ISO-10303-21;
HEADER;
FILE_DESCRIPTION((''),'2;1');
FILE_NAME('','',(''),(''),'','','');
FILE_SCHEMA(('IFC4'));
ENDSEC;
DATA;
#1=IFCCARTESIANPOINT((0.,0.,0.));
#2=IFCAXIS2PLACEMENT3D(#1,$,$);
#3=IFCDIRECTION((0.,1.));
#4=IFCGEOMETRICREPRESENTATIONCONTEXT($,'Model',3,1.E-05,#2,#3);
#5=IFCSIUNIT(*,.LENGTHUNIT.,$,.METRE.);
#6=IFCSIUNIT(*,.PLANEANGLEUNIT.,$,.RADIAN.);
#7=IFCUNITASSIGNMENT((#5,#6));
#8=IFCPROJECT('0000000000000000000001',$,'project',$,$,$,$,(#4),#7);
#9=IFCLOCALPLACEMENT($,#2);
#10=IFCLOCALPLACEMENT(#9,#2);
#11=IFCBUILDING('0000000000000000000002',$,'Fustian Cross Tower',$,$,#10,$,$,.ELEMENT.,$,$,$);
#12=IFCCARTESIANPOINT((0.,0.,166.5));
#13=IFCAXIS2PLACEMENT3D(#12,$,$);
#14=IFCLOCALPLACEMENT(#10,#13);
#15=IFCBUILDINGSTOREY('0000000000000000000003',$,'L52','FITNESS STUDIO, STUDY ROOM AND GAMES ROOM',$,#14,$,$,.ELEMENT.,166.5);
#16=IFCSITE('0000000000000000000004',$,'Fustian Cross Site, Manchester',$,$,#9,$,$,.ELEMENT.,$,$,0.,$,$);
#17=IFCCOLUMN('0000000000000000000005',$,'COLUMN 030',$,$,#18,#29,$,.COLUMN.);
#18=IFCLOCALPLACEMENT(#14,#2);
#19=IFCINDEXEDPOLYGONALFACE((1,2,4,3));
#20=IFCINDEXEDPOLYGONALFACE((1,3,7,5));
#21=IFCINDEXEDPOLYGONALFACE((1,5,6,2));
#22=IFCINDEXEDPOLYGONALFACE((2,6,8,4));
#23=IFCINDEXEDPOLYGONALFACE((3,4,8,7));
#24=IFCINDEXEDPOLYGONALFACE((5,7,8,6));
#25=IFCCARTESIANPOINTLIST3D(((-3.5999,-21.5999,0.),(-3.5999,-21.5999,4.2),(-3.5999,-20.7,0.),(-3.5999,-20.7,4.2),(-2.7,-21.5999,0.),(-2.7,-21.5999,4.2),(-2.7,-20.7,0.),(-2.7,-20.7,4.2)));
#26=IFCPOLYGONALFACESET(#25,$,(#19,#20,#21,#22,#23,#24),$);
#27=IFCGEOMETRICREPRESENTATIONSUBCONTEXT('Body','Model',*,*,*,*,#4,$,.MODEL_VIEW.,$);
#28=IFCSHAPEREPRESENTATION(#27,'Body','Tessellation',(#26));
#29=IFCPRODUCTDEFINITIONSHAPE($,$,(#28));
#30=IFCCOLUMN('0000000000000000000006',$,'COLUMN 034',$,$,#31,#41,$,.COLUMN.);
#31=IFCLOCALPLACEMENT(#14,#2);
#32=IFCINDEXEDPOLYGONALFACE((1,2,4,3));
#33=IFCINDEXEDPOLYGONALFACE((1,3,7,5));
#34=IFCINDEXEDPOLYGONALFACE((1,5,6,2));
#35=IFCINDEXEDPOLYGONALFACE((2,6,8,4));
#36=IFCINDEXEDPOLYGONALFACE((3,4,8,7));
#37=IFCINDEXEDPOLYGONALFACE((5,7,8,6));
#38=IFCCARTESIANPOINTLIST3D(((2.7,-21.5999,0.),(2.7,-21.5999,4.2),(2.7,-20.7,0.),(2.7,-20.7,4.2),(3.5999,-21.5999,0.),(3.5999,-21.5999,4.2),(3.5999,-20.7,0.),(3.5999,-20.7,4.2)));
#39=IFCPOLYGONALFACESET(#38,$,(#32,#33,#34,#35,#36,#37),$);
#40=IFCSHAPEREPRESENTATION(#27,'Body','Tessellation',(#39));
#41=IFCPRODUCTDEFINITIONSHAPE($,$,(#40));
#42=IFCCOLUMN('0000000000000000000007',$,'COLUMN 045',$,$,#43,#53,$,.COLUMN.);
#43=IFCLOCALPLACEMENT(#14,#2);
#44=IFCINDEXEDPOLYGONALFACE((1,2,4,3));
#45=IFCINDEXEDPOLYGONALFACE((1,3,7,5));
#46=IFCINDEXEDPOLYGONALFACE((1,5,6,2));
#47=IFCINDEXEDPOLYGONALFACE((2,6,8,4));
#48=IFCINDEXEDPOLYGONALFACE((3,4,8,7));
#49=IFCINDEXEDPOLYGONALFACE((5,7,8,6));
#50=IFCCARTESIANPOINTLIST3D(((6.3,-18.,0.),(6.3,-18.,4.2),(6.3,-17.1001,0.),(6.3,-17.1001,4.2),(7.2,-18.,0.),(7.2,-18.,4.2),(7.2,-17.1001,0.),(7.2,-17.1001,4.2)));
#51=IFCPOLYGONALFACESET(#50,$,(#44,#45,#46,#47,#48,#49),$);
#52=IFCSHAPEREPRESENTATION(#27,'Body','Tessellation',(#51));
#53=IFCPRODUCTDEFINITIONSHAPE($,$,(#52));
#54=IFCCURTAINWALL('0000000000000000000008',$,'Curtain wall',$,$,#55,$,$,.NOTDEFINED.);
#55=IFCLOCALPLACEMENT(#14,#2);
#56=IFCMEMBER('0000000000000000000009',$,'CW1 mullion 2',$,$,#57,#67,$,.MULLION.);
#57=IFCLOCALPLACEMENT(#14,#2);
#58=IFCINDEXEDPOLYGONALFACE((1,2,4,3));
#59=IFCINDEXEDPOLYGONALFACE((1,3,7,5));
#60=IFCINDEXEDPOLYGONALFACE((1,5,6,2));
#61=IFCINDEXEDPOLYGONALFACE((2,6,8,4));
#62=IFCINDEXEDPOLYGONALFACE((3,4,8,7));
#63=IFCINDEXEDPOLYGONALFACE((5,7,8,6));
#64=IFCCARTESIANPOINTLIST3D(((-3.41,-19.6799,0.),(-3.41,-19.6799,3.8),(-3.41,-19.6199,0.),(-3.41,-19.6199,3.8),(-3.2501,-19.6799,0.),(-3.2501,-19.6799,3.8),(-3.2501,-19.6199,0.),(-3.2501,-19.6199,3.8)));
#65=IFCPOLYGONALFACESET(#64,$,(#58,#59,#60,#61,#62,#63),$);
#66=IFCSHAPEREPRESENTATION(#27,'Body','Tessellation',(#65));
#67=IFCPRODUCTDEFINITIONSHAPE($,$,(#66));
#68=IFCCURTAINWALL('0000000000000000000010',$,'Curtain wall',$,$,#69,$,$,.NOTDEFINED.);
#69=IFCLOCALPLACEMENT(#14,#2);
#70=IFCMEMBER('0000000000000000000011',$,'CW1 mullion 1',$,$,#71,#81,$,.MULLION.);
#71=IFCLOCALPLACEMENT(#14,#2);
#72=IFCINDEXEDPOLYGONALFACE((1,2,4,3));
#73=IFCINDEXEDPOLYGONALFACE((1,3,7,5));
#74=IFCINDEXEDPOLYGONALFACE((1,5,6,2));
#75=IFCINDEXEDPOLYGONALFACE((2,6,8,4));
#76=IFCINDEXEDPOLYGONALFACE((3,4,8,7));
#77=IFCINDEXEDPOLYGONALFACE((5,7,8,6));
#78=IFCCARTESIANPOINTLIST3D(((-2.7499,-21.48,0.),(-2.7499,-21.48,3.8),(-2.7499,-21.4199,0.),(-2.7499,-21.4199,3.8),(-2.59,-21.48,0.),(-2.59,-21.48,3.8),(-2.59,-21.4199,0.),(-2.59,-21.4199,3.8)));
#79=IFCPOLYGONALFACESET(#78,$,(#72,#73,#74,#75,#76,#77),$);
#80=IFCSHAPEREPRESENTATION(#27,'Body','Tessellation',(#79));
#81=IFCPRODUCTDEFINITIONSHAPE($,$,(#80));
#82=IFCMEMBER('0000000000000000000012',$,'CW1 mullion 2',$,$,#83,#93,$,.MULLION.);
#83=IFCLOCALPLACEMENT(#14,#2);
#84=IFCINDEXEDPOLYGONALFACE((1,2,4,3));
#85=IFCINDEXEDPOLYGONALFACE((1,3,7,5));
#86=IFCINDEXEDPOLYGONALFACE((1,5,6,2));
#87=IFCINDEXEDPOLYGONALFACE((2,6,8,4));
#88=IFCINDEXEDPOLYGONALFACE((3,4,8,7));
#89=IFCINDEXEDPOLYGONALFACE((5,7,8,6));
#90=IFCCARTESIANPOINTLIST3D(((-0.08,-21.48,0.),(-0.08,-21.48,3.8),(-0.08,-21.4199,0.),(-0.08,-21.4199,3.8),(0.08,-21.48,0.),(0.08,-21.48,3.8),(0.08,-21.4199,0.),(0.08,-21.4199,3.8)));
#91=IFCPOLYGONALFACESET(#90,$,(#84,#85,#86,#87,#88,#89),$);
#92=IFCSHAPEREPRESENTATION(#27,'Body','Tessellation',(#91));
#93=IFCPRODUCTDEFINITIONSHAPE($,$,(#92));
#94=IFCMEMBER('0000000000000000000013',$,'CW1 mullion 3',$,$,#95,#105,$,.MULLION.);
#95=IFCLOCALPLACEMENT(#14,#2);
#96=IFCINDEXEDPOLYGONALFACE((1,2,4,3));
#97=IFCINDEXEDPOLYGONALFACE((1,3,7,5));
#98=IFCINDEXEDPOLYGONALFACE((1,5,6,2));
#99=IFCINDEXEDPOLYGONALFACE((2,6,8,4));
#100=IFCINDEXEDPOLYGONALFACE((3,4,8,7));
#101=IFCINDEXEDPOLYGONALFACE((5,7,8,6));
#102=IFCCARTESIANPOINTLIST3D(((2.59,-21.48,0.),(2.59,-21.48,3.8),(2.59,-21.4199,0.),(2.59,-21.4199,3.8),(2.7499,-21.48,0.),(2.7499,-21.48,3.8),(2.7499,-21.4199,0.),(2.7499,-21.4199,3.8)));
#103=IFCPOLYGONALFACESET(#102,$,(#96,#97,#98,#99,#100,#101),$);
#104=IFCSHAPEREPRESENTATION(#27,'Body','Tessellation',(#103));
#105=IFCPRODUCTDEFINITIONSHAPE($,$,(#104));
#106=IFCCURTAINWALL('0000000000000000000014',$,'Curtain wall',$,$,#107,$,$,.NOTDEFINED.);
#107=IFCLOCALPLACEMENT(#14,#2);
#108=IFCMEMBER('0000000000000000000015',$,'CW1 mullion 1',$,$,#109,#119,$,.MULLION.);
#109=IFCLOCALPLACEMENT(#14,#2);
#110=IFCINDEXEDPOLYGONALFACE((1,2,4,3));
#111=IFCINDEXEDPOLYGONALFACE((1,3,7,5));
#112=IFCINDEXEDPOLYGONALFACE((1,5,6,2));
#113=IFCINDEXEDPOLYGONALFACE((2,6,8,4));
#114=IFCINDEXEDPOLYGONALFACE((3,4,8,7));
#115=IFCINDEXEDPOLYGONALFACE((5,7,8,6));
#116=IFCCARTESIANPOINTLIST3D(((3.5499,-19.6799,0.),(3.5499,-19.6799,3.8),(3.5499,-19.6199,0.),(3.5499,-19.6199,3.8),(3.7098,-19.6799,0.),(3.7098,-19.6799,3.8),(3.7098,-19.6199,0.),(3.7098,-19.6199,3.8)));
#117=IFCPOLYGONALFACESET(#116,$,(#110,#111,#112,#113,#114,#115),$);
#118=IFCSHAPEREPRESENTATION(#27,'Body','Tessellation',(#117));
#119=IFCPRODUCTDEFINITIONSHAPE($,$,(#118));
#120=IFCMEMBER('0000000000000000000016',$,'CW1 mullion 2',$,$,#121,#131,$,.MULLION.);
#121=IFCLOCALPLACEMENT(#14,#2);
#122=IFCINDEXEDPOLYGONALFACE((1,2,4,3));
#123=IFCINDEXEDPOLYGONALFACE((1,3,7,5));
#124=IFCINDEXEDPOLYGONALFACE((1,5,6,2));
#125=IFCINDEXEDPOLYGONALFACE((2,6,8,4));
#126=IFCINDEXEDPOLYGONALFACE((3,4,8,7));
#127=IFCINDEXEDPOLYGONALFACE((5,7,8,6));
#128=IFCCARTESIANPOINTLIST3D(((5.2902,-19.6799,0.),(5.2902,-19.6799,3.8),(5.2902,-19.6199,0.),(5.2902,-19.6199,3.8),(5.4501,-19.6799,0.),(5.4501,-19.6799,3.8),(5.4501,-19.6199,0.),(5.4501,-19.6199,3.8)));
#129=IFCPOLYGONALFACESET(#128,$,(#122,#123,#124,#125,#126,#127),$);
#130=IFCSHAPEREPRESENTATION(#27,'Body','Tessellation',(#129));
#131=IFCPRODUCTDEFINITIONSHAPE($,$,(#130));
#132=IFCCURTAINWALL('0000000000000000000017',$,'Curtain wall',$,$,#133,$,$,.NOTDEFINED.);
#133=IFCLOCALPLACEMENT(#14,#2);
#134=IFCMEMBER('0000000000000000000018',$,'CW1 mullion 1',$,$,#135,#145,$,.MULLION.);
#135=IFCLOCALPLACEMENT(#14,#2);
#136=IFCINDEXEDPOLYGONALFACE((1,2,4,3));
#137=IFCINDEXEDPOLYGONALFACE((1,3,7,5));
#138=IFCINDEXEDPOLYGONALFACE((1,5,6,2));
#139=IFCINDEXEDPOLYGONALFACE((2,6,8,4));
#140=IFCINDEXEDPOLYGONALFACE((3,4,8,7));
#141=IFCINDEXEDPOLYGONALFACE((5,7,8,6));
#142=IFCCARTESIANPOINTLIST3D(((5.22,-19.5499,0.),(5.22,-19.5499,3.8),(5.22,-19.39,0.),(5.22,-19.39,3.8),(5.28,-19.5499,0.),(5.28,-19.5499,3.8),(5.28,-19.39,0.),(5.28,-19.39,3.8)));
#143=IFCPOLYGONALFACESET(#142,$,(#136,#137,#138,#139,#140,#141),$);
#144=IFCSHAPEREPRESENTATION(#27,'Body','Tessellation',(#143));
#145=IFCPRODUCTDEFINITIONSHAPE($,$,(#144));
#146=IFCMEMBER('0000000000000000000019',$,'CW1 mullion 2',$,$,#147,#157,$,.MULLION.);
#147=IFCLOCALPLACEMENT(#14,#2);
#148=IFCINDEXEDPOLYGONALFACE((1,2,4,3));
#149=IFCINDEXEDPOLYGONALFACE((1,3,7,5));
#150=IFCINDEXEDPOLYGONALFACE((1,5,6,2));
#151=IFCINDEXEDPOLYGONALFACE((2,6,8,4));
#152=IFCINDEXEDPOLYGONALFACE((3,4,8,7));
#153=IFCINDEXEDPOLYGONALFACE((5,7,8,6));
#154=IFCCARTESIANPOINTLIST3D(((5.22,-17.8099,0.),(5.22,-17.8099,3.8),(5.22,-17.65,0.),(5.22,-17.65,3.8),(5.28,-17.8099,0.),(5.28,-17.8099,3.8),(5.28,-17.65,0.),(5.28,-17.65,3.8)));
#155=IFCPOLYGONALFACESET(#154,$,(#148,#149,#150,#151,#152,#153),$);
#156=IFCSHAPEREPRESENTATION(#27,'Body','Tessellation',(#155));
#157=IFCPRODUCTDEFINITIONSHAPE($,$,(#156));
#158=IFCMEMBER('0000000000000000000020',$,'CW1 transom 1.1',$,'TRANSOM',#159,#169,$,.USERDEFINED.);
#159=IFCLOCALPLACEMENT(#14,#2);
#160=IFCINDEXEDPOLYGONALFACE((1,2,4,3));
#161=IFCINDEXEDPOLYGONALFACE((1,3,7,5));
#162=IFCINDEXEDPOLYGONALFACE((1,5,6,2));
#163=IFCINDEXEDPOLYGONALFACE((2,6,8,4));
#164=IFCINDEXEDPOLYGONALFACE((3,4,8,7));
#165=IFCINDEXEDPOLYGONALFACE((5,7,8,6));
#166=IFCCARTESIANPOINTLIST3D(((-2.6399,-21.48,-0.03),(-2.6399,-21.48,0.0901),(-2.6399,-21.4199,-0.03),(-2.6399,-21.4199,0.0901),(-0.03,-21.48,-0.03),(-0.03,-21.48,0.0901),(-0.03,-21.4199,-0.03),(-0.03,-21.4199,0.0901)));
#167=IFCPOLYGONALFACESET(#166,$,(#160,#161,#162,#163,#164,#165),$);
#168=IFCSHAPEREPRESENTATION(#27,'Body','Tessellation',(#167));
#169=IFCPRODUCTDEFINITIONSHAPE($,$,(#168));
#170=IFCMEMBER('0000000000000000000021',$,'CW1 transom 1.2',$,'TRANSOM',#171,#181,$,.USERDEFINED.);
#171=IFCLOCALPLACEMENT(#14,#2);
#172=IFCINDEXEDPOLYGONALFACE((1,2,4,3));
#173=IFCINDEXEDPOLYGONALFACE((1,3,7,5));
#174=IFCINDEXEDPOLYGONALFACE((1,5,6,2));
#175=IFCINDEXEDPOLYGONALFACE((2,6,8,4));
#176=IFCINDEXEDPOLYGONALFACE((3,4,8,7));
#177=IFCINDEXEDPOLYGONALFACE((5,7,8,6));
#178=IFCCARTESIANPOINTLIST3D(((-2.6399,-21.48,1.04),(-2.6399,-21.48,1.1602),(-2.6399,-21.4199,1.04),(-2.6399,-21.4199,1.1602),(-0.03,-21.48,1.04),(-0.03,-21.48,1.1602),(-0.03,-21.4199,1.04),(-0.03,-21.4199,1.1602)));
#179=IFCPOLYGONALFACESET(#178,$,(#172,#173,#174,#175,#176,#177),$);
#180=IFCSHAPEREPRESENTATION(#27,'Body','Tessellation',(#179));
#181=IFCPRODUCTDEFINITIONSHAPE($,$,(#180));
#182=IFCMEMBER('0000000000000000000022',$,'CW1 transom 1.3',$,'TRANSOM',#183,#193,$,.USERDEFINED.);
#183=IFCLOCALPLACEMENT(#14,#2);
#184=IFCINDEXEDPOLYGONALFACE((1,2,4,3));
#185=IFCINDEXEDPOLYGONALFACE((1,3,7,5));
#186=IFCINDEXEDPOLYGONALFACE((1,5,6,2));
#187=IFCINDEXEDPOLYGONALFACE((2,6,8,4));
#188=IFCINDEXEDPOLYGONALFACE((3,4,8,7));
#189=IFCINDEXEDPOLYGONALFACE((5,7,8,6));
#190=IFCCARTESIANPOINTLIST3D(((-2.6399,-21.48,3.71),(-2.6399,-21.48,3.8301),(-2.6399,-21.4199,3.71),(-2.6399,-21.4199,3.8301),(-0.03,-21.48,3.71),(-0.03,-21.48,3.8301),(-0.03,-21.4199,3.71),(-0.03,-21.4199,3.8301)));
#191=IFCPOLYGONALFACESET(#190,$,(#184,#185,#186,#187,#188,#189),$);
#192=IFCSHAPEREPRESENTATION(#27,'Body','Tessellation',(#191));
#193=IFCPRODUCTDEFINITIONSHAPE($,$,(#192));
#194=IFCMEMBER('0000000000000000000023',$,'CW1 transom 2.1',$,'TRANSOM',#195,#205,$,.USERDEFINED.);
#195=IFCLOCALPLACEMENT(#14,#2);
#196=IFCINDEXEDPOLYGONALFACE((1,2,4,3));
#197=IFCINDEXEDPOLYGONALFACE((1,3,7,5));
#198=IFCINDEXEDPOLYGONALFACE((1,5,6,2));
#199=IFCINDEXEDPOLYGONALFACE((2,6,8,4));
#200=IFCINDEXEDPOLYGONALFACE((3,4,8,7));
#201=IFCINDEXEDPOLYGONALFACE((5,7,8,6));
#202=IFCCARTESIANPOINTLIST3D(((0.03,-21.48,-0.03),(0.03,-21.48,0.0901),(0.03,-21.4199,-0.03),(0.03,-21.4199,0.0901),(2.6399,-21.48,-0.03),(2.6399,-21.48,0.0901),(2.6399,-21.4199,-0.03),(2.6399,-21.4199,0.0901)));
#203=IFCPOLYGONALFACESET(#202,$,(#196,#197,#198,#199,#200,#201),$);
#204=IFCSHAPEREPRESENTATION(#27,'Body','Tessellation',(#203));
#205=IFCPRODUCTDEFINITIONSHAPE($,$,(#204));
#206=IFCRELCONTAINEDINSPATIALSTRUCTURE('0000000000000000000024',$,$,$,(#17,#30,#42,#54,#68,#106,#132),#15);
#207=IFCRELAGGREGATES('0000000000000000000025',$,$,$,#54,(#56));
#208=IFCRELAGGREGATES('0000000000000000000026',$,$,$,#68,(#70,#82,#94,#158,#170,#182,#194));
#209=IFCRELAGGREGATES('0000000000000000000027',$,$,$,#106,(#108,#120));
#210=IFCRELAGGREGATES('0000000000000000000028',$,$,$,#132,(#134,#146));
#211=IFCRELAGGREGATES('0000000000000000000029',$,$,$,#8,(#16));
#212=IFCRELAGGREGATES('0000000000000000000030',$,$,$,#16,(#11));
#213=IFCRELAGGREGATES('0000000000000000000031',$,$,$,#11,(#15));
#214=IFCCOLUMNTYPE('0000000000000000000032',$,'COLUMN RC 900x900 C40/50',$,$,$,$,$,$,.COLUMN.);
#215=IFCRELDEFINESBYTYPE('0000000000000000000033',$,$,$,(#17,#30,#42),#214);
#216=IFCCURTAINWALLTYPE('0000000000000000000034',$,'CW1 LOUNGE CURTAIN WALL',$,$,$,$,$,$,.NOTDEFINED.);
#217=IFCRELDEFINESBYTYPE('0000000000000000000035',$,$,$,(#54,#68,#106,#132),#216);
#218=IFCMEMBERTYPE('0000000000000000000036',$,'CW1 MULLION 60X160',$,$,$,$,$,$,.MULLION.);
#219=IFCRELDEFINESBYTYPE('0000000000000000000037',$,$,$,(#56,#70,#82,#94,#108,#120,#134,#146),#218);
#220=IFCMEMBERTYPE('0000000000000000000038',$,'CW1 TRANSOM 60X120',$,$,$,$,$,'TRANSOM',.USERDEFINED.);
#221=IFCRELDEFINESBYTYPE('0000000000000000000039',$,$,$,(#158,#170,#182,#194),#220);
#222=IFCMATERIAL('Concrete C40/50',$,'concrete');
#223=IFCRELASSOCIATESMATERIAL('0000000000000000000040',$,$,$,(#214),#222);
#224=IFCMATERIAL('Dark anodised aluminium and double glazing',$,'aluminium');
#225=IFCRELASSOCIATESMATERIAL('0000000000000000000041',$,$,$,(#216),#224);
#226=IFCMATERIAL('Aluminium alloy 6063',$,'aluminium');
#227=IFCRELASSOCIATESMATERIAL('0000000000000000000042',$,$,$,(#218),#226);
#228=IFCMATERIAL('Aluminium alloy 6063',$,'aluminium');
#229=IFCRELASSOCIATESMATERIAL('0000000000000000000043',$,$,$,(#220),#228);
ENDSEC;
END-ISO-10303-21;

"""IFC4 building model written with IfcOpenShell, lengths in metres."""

from ifc_helpers import new_model, si_unit, direction, frame, origin, origin_2d, place, context, subcontext, project, spatial, rectangle, extrude, material, material_profile, profile_set, type_object, element, aggregate, save


model = new_model("IFC4")

# Units and contexts
model_context = context("Model", 3, precision=1e-05, world=origin(), true_north=direction((0.0, 1.0)))
body_context = subcontext(model_context, "Body", "Model", "MODEL_VIEW")
ifc_project = project(units=[si_unit("LENGTHUNIT", "METRE"), si_unit("PLANEANGLEUNIT", "RADIAN")], contexts=[model_context])

# Site, building, storey
site_placement = place(None, origin())
site = spatial("IfcSite", under=ifc_project, at=site_placement, Name="Fustian Cross Site, Manchester", CompositionType="ELEMENT", RefElevation=0.0)
building_placement = place(site_placement, origin())
building = spatial("IfcBuilding", under=site, at=building_placement, Name="Fustian Cross Tower", CompositionType="ELEMENT")
storey_placement = place(building_placement, frame((0.0, 0.0, 166.5)))
storey = spatial("IfcBuildingStorey", under=building, at=storey_placement, Name="L52", Description="FITNESS STUDIO, STUDY ROOM AND GAMES ROOM", CompositionType="ELEMENT", Elevation=166.5)

# Columns
ifc_material_1 = material(Name="Concrete C40/50", Category="concrete")
ifc_material_profile_1 = material_profile(ifc_material_1, rectangle(XDim=0.8999, YDim=0.8999, at=origin_2d()), Name="RC 900x900")
ifc_profile_set_1 = profile_set([ifc_material_profile_1], Name="Concrete C40/50")
column_type = type_object("IfcColumnType", Name="COLUMN RC 900x900 C40/50", PredefinedType="COLUMN", material=ifc_profile_set_1)
for number, where, z_axis, x_axis, name in (
    (1, (-3.1499, -21.1499, 0.0), (0.0, 0.0, 1.0), (1.0, 0.0, 0.0), "COLUMN 030"),
    (2, (3.1499, -21.1499, 0.0), (0.0, 0.0, 1.0), (1.0, 0.0, 0.0), "COLUMN 034"),
    (3, (6.75, -17.55, 0.0), (0.0, 0.0, 1.0), (1.0, 0.0, 0.0), "COLUMN 045"),
):
    element("IfcColumn", number, at=place(storey_placement, frame(where, z_axis=z_axis, x_axis=x_axis)), inside=storey, type_object=column_type, Name=name, PredefinedType="COLUMN", context=body_context, shape_type="SweptSolid", body=[
        extrude(rectangle(XDim=0.8999, YDim=0.8999, at=origin_2d()), origin(), (0.0, 0.0, 1.0), 4.2),
    ])

# Curtain wall, member
ifc_material_2 = material(Name="Dark anodised aluminium and double glazing", Category="aluminium")
curtain_wall_type = type_object("IfcCurtainWallType", Name="CW1 LOUNGE CURTAIN WALL", PredefinedType="NOTDEFINED", material=ifc_material_2)
curtain_wall_1_placement = place(storey_placement, origin())
curtain_wall_1 = element("IfcCurtainWall", 4, at=curtain_wall_1_placement, inside=storey, type_object=curtain_wall_type, Name="Curtain wall", PredefinedType="NOTDEFINED")
ifc_material_3 = material(Name="Aluminium alloy 6063", Category="aluminium")
ifc_material_profile_2 = material_profile(ifc_material_3, rectangle(XDim=0.0601, YDim=0.1599, at=origin_2d()), Name="CW1 MULLION 60X160")
ifc_profile_set_2 = profile_set([ifc_material_profile_2], Name="Aluminium alloy 6063")
member_type_1 = type_object("IfcMemberType", Name="CW1 MULLION 60X160", PredefinedType="MULLION", material=ifc_profile_set_2)
member_1_placement = place(storey_placement, frame((-3.3301, -19.6499, 0.0), z_axis=(0.0, 0.0, 1.0), x_axis=(0.0, 1.0, 0.0)))
member_1 = element("IfcMember", 5, at=member_1_placement, type_object=member_type_1, Name="CW1 mullion 2", PredefinedType="MULLION", context=body_context, shape_type="SweptSolid", body=[
    extrude(rectangle(XDim=0.0601, YDim=0.1599, at=origin_2d()), origin(), (0.0, 0.0, 1.0), 3.8),
])
aggregate(curtain_wall_1, [member_1])

# Curtain walls, members
curtain_wall_2_placement = place(storey_placement, origin())
curtain_wall_2 = element("IfcCurtainWall", 6, at=curtain_wall_2_placement, inside=storey, type_object=curtain_wall_type, Name="Curtain wall", PredefinedType="NOTDEFINED")
member_2_placement = place(storey_placement, frame((-2.6699, -21.45, 0.0), z_axis=(0.0, 0.0, 1.0), x_axis=(0.0, 1.0, 0.0)))
member_2 = element("IfcMember", 7, at=member_2_placement, type_object=member_type_1, Name="CW1 mullion 1", PredefinedType="MULLION", context=body_context, shape_type="SweptSolid", body=[
    extrude(rectangle(XDim=0.0601, YDim=0.1599, at=origin_2d()), origin(), (0.0, 0.0, 1.0), 3.8),
])
member_3_placement = place(storey_placement, frame((0.0, -21.45, 0.0), z_axis=(0.0, 0.0, 1.0), x_axis=(0.0, 1.0, 0.0)))
member_3 = element("IfcMember", 8, at=member_3_placement, type_object=member_type_1, Name="CW1 mullion 2", PredefinedType="MULLION", context=body_context, shape_type="SweptSolid", body=[
    extrude(rectangle(XDim=0.0601, YDim=0.1599, at=origin_2d()), origin(), (0.0, 0.0, 1.0), 3.8),
])
member_4_placement = place(storey_placement, frame((2.6699, -21.45, 0.0), z_axis=(0.0, 0.0, 1.0), x_axis=(0.0, 1.0, 0.0)))
member_4 = element("IfcMember", 9, at=member_4_placement, type_object=member_type_1, Name="CW1 mullion 3", PredefinedType="MULLION", context=body_context, shape_type="SweptSolid", body=[
    extrude(rectangle(XDim=0.0601, YDim=0.1599, at=origin_2d()), origin(), (0.0, 0.0, 1.0), 3.8),
])
curtain_wall_3_placement = place(storey_placement, origin())
curtain_wall_3 = element("IfcCurtainWall", 10, at=curtain_wall_3_placement, inside=storey, type_object=curtain_wall_type, Name="Curtain wall", PredefinedType="NOTDEFINED")
member_5_placement = place(storey_placement, frame((3.6299, -19.6499, 0.0), z_axis=(0.0, 0.0, 1.0), x_axis=(0.0, 1.0, 0.0)))
member_5 = element("IfcMember", 11, at=member_5_placement, type_object=member_type_1, Name="CW1 mullion 1", PredefinedType="MULLION", context=body_context, shape_type="SweptSolid", body=[
    extrude(rectangle(XDim=0.0601, YDim=0.1599, at=origin_2d()), origin(), (0.0, 0.0, 1.0), 3.8),
])
member_6_placement = place(storey_placement, frame((5.3701, -19.6499, 0.0), z_axis=(0.0, 0.0, 1.0), x_axis=(0.0, 1.0, 0.0)))
member_6 = element("IfcMember", 12, at=member_6_placement, type_object=member_type_1, Name="CW1 mullion 2", PredefinedType="MULLION", context=body_context, shape_type="SweptSolid", body=[
    extrude(rectangle(XDim=0.0601, YDim=0.1599, at=origin_2d()), origin(), (0.0, 0.0, 1.0), 3.8),
])
curtain_wall_4_placement = place(storey_placement, origin())
curtain_wall_4 = element("IfcCurtainWall", 13, at=curtain_wall_4_placement, inside=storey, type_object=curtain_wall_type, Name="Curtain wall", PredefinedType="NOTDEFINED")
member_7_placement = place(storey_placement, frame((5.25, -19.47, 0.0), z_axis=(0.0, 0.0, 1.0), x_axis=(-1.0, 0.0, 0.0)))
member_7 = element("IfcMember", 14, at=member_7_placement, type_object=member_type_1, Name="CW1 mullion 1", PredefinedType="MULLION", context=body_context, shape_type="SweptSolid", body=[
    extrude(rectangle(XDim=0.0601, YDim=0.1599, at=origin_2d()), origin(), (0.0, 0.0, 1.0), 3.8),
])
member_8_placement = place(storey_placement, frame((5.25, -17.73, 0.0), z_axis=(0.0, 0.0, 1.0), x_axis=(-1.0, 0.0, 0.0)))
member_8 = element("IfcMember", 15, at=member_8_placement, type_object=member_type_1, Name="CW1 mullion 2", PredefinedType="MULLION", context=body_context, shape_type="SweptSolid", body=[
    extrude(rectangle(XDim=0.0601, YDim=0.1599, at=origin_2d()), origin(), (0.0, 0.0, 1.0), 3.8),
])

# Members
ifc_material_4 = material(Name="Aluminium alloy 6063", Category="aluminium")
ifc_material_profile_3 = material_profile(ifc_material_4, rectangle(XDim=0.0601, YDim=0.1201, at=origin_2d()), Name="CW1 TRANSOM 60X120")
ifc_profile_set_3 = profile_set([ifc_material_profile_3], Name="Aluminium alloy 6063")
member_type_2 = type_object("IfcMemberType", Name="CW1 TRANSOM 60X120", ElementType="TRANSOM", PredefinedType="USERDEFINED", material=ifc_profile_set_3)
member_9_placement = place(storey_placement, frame((-2.6399, -21.45, 0.03), z_axis=(1.0, 0.0, 0.0), x_axis=(0.0, 1.0, 0.0)))
member_9 = element("IfcMember", 16, at=member_9_placement, type_object=member_type_2, Name="CW1 transom 1.1", ObjectType="TRANSOM", PredefinedType="USERDEFINED", context=body_context, shape_type="SweptSolid", body=[
    extrude(rectangle(XDim=0.0601, YDim=0.1201, at=origin_2d()), origin(), (0.0, 0.0, 1.0), 2.6099),
])
member_10_placement = place(storey_placement, frame((-2.6399, -21.45, 1.1001), z_axis=(1.0, 0.0, 0.0), x_axis=(0.0, 1.0, 0.0)))
member_10 = element("IfcMember", 17, at=member_10_placement, type_object=member_type_2, Name="CW1 transom 1.2", ObjectType="TRANSOM", PredefinedType="USERDEFINED", context=body_context, shape_type="SweptSolid", body=[
    extrude(rectangle(XDim=0.0601, YDim=0.1201, at=origin_2d()), origin(), (0.0, 0.0, 1.0), 2.6099),
])
member_11_placement = place(storey_placement, frame((-2.6399, -21.45, 3.77), z_axis=(1.0, 0.0, 0.0), x_axis=(0.0, 1.0, 0.0)))
member_11 = element("IfcMember", 18, at=member_11_placement, type_object=member_type_2, Name="CW1 transom 1.3", ObjectType="TRANSOM", PredefinedType="USERDEFINED", context=body_context, shape_type="SweptSolid", body=[
    extrude(rectangle(XDim=0.0601, YDim=0.1201, at=origin_2d()), origin(), (0.0, 0.0, 1.0), 2.6099),
])
member_12_placement = place(storey_placement, frame((0.03, -21.45, 0.03), z_axis=(1.0, 0.0, 0.0), x_axis=(0.0, 1.0, 0.0)))
member_12 = element("IfcMember", 19, at=member_12_placement, type_object=member_type_2, Name="CW1 transom 2.1", ObjectType="TRANSOM", PredefinedType="USERDEFINED", context=body_context, shape_type="SweptSolid", body=[
    extrude(rectangle(XDim=0.0601, YDim=0.1201, at=origin_2d()), origin(), (0.0, 0.0, 1.0), 2.6099),
])

aggregate(curtain_wall_2, [member_2, member_3, member_4, member_9, member_10, member_11, member_12])
aggregate(curtain_wall_3, [member_5, member_6])
aggregate(curtain_wall_4, [member_7, member_8])

save(model, "model.ifc")
